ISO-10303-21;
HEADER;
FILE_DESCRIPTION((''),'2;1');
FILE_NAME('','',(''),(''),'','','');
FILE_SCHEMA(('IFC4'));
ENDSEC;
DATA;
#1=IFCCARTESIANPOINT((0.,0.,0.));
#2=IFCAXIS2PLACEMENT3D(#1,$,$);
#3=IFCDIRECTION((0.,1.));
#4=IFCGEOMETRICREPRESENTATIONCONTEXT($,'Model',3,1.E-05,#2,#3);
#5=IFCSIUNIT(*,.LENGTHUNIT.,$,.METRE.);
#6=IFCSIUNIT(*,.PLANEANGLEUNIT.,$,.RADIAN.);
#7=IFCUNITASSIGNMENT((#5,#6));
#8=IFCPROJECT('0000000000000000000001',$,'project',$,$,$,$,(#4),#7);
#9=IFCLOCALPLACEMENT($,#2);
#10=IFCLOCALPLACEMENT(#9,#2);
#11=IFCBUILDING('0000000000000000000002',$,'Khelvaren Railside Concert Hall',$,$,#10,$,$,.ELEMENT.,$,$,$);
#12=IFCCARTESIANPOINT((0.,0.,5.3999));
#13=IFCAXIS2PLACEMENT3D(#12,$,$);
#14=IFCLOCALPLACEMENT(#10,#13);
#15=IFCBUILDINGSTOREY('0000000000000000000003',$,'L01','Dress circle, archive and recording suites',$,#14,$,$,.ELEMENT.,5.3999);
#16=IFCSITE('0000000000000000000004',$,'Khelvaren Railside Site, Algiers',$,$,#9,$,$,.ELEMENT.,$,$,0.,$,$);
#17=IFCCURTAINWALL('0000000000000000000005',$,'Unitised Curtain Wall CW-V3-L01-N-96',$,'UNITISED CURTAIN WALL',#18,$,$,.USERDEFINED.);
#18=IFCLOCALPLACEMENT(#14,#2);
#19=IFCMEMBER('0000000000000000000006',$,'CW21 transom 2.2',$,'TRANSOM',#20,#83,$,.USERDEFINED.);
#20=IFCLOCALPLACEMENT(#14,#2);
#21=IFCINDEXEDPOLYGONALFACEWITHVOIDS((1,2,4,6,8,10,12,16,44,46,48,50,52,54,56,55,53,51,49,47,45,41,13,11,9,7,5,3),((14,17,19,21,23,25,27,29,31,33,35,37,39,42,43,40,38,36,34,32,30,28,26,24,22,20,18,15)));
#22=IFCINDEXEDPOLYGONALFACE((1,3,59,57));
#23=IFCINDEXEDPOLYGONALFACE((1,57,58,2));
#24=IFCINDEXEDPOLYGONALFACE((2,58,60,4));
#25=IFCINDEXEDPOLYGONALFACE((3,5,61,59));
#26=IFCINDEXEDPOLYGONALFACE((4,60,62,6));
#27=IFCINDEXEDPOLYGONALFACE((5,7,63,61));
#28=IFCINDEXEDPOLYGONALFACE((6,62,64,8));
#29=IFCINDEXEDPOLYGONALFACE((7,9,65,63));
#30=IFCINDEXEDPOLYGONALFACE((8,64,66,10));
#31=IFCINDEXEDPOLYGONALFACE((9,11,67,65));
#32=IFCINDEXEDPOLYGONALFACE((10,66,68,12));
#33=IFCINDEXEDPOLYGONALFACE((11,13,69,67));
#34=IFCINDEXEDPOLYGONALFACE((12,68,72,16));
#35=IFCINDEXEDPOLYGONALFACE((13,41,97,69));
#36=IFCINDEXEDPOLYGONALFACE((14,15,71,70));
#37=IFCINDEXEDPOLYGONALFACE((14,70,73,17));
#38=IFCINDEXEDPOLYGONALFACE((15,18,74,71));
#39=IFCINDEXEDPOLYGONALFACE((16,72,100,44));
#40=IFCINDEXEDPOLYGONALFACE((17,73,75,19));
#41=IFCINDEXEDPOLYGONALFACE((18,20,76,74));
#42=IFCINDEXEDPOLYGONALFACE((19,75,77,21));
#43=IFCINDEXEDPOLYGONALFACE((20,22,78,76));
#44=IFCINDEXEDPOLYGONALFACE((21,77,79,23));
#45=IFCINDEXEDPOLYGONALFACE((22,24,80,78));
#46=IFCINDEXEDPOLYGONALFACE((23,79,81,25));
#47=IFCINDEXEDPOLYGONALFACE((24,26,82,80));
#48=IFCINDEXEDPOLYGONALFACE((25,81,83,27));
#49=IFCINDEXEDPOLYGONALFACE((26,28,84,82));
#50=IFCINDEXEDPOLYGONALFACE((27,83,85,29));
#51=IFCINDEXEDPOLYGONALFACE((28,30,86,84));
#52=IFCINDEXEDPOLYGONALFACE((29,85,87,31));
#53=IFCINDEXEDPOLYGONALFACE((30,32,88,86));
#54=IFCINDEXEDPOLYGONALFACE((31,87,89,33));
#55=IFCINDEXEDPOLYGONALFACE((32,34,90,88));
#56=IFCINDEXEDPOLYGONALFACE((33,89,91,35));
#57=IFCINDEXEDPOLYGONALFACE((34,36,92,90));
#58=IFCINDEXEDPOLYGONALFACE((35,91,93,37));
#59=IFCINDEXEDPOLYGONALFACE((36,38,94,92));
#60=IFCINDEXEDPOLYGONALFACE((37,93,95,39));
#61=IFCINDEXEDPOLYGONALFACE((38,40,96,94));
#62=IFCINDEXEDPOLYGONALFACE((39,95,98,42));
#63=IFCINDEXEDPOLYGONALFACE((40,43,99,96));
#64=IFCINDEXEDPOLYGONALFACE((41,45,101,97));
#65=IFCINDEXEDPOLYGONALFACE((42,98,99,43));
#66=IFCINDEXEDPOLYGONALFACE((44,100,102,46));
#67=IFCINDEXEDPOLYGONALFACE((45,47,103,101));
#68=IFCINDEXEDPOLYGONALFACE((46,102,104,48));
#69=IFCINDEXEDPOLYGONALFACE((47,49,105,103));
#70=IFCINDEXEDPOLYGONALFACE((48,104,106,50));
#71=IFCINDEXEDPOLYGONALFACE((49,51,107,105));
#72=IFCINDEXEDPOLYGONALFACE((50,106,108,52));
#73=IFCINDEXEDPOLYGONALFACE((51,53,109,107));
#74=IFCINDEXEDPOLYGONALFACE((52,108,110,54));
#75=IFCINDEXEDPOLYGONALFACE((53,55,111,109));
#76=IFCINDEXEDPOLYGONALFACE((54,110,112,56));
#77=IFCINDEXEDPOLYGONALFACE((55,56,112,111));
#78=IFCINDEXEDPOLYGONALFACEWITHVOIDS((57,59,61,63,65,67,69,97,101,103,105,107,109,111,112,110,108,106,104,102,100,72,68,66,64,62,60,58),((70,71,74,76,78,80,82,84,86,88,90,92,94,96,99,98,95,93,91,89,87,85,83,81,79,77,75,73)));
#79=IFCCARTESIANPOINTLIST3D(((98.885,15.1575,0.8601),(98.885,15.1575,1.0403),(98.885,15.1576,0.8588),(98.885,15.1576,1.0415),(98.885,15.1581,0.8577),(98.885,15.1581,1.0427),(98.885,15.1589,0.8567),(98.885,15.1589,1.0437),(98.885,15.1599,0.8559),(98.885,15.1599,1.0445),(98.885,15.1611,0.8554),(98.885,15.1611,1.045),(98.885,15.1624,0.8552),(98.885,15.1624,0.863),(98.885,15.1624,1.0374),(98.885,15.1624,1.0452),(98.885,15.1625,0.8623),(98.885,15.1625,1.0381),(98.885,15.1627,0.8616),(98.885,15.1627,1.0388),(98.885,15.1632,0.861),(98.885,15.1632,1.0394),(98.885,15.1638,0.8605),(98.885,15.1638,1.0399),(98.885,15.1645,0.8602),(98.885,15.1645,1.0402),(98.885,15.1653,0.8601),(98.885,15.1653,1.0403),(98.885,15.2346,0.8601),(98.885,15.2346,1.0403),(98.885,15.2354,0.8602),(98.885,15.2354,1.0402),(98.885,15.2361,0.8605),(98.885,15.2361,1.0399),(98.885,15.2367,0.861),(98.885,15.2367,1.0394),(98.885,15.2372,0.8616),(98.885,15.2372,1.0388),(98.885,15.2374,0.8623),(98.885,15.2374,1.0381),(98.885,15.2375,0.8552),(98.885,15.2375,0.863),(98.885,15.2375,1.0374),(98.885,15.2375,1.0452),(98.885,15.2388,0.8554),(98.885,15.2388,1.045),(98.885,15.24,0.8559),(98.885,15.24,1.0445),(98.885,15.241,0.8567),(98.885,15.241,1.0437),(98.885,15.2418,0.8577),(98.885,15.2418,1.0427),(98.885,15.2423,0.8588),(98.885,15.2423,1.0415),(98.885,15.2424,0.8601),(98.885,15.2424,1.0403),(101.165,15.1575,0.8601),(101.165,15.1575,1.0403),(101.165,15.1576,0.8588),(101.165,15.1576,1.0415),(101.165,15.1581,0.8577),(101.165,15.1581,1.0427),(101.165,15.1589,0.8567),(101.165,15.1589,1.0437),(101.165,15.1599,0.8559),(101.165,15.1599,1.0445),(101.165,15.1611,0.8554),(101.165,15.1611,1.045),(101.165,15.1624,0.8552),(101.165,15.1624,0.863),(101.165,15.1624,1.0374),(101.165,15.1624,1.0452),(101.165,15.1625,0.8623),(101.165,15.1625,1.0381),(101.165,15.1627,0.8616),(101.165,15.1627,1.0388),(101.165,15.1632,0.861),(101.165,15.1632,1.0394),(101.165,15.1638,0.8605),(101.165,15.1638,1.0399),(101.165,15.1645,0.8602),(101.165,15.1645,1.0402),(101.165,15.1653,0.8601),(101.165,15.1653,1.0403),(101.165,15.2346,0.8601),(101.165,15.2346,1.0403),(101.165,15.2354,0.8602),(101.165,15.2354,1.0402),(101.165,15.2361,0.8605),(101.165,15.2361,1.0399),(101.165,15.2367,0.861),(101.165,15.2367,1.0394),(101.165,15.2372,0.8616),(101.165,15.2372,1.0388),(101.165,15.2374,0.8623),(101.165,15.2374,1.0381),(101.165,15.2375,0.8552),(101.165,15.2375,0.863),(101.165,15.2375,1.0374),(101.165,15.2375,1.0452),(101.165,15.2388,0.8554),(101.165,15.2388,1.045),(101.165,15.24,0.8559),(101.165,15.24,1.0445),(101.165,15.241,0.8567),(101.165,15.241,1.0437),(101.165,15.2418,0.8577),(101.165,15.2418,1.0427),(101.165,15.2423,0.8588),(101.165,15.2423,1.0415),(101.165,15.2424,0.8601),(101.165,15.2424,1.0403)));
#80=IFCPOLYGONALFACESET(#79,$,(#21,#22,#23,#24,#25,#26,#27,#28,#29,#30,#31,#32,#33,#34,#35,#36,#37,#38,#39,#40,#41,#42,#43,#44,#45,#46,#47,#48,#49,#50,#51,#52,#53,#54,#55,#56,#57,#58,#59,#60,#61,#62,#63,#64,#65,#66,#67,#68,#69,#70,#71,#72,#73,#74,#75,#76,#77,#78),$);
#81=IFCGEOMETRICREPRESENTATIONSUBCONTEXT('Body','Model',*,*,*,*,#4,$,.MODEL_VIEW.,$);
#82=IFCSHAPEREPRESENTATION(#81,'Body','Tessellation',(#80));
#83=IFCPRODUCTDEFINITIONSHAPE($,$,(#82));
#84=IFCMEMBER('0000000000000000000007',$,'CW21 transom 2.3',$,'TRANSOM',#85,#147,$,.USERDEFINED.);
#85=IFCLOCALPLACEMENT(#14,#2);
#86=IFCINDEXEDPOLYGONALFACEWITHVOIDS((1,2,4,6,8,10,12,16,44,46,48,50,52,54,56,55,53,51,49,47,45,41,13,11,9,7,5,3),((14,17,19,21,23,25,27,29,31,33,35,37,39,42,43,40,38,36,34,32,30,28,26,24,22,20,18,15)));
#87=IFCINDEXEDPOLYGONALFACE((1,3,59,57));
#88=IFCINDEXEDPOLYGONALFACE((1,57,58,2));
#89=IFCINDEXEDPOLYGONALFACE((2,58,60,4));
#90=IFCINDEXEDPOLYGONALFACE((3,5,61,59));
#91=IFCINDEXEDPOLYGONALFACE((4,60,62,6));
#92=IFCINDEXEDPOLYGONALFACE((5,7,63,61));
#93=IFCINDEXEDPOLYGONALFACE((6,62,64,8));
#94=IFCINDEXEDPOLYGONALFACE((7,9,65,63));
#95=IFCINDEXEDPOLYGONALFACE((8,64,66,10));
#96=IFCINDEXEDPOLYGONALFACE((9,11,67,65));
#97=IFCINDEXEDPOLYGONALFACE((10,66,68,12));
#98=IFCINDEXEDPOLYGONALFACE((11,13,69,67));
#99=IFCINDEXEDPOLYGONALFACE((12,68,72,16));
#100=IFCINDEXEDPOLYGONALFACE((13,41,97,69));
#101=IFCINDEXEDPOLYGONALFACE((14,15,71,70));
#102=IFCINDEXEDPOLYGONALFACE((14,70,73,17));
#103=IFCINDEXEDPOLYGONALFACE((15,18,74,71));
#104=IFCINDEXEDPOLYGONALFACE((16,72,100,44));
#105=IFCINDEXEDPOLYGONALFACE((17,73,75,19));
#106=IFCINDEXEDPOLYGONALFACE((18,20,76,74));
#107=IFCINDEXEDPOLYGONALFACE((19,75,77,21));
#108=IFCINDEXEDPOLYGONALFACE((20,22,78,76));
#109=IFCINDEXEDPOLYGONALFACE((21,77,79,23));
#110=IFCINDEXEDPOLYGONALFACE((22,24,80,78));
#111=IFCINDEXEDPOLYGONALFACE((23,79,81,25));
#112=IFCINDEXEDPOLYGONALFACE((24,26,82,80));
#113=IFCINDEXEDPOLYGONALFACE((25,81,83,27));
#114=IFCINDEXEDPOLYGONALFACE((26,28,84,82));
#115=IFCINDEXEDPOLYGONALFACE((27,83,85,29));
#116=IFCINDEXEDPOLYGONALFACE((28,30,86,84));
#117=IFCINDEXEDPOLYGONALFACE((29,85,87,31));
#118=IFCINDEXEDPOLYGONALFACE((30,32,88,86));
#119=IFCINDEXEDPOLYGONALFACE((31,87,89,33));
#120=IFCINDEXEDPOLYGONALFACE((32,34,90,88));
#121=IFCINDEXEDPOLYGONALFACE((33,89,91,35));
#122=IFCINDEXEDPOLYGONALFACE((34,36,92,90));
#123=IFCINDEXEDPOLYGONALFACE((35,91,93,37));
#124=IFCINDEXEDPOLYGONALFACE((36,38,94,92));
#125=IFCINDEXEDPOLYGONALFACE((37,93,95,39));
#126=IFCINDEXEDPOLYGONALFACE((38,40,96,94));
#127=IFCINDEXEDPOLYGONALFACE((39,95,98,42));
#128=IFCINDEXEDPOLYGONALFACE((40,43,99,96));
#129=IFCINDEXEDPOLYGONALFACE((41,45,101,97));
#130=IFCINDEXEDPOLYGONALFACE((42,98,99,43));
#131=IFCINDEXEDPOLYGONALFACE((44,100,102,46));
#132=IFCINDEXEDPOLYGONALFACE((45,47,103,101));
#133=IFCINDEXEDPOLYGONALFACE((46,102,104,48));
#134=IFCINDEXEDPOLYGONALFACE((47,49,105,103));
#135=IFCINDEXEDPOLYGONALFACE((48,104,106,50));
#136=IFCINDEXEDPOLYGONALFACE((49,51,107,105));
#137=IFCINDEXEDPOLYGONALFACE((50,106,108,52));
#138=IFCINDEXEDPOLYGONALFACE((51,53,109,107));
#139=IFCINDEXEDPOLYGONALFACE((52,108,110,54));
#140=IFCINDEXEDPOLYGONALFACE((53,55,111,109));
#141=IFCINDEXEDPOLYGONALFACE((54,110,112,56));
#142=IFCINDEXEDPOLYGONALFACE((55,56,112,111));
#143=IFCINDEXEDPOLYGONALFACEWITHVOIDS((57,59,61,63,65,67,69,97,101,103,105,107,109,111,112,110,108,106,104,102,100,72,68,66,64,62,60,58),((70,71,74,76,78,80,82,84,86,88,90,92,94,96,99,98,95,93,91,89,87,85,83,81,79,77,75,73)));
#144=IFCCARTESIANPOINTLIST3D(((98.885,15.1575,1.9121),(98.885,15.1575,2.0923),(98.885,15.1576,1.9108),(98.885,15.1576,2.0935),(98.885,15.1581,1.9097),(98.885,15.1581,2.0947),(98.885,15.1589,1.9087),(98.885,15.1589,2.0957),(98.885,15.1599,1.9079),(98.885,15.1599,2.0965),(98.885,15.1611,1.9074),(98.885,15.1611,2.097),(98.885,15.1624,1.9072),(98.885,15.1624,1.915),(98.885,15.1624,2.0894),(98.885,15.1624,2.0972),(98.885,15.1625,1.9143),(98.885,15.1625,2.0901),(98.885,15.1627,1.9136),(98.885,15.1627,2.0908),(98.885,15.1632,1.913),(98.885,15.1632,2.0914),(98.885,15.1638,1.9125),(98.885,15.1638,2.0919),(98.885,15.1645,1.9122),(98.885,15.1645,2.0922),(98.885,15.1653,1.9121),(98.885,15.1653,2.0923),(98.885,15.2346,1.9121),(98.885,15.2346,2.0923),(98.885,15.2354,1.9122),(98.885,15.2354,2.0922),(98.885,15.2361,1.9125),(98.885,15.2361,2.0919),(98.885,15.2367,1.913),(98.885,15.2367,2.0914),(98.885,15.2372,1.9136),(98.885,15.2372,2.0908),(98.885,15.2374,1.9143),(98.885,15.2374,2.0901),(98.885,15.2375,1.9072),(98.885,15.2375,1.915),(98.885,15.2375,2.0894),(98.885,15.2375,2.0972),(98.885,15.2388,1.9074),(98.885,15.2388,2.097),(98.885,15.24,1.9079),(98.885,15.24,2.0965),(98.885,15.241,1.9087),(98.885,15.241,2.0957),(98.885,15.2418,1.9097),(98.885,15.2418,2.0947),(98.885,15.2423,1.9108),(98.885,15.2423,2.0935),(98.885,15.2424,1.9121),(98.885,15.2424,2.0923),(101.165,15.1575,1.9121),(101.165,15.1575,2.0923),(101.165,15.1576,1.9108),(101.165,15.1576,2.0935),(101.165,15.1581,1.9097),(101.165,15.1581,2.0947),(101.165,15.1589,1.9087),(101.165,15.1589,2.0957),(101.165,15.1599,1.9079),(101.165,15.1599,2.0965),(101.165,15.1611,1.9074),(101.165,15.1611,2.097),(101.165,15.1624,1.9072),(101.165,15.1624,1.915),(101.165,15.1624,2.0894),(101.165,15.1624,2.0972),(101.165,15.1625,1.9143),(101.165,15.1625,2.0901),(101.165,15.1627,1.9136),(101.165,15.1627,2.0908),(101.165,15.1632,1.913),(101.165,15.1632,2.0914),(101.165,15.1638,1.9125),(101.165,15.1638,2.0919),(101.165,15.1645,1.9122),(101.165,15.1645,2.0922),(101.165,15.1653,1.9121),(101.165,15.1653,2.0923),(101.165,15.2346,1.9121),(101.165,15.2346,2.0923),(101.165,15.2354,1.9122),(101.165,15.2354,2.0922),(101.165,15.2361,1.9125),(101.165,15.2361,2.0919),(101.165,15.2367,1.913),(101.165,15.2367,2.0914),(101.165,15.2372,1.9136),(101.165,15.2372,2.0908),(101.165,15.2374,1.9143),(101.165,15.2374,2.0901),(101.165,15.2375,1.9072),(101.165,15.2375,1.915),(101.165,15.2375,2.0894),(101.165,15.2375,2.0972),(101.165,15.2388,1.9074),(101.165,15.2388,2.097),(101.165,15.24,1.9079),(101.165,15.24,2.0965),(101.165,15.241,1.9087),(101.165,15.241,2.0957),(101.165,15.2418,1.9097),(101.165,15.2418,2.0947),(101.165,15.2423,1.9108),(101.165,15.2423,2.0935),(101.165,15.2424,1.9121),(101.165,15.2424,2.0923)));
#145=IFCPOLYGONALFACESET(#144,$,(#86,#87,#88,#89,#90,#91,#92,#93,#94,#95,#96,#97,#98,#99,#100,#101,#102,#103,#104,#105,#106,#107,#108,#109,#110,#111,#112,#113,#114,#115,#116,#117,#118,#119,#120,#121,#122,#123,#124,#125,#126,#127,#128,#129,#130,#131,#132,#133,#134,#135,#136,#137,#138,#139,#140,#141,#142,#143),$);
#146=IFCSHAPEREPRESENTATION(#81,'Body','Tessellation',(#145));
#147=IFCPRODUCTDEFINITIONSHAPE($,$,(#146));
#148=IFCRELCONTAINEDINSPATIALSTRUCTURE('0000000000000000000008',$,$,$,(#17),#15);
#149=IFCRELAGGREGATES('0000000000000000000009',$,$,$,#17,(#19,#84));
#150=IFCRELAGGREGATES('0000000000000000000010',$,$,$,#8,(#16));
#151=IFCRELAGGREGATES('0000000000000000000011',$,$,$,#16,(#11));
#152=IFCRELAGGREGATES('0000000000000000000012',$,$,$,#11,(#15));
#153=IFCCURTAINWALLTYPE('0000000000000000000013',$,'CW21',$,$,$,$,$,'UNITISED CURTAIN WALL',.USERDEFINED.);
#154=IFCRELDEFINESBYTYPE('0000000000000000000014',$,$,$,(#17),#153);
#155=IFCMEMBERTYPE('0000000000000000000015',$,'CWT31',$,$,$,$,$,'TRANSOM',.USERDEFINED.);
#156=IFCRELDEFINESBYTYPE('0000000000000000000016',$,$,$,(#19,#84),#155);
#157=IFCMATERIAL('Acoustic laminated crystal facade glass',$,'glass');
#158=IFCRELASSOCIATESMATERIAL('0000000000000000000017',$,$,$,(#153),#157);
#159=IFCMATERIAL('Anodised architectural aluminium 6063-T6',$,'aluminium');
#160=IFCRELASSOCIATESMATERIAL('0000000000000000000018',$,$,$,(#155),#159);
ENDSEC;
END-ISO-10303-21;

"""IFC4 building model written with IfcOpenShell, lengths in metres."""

from ifc_helpers import new_model, si_unit, direction, frame, origin, origin_2d, place, context, subcontext, project, spatial, hollow_rectangle, extrude, material, material_profile, profile_set, type_object, element, aggregate, save


model = new_model("IFC4")

# Units and contexts
model_context = context("Model", 3, precision=1e-05, world=origin(), true_north=direction((0.0, 1.0)))
body_context = subcontext(model_context, "Body", "Model", "MODEL_VIEW")
ifc_project = project(units=[si_unit("LENGTHUNIT", "METRE"), si_unit("PLANEANGLEUNIT", "RADIAN")], contexts=[model_context])

# Site, building, storey
site_placement = place(None, origin())
site = spatial("IfcSite", under=ifc_project, at=site_placement, Name="Khelvaren Railside Site, Algiers", CompositionType="ELEMENT", RefElevation=0.0)
building_placement = place(site_placement, origin())
building = spatial("IfcBuilding", under=site, at=building_placement, Name="Khelvaren Railside Concert Hall", CompositionType="ELEMENT")
storey_placement = place(building_placement, frame((0.0, 0.0, 5.3999)))
storey = spatial("IfcBuildingStorey", under=building, at=storey_placement, Name="L01", Description="Dress circle, archive and recording suites", CompositionType="ELEMENT", Elevation=5.3999)

# Curtain wall
ifc_material_1 = material(Name="Acoustic laminated crystal facade glass", Category="glass")
ifc_material_2 = material(Name="Anodised architectural aluminium 6063-T6", Category="aluminium")
curtain_wall_type_1 = type_object("IfcCurtainWallType", Name="CW21", ElementType="UNITISED CURTAIN WALL", PredefinedType="USERDEFINED", material=ifc_material_1)
curtain_wall_1_placement = place(storey_placement, origin())
curtain_wall_1 = element("IfcCurtainWall", 1, at=curtain_wall_1_placement, inside=storey, type_object=curtain_wall_type_1, Name="Unitised Curtain Wall CW-V3-L01-N-96", ObjectType="UNITISED CURTAIN WALL", PredefinedType="USERDEFINED")

# Members
ifc_material_profile_1 = material_profile(ifc_material_2, hollow_rectangle(XDim=0.085, YDim=0.1899, WallThickness=0.0049, InnerFilletRadius=0.0029, OuterFilletRadius=0.0049, at=origin_2d()), Name="CWT 85x190x5")
ifc_profile_set_1 = profile_set([ifc_material_profile_1], Name="Anodised architectural aluminium 6063-T6")
member_type_1 = type_object("IfcMemberType", Name="CWT31", ElementType="TRANSOM", PredefinedType="USERDEFINED", material=ifc_profile_set_1)
member_1_placement = place(storey_placement, frame((98.885, 15.2, 0.9502), z_axis=(1.0, 0.0, 0.0), x_axis=(0.0, 1.0, 0.0)))
member_1 = element("IfcMember", 2, at=member_1_placement, type_object=member_type_1, Name="CW21 transom 2.2", ObjectType="TRANSOM", PredefinedType="USERDEFINED", context=body_context, shape_type="SweptSolid", body=[
    extrude(hollow_rectangle(XDim=0.085, YDim=0.1899, WallThickness=0.0049, InnerFilletRadius=0.0029, OuterFilletRadius=0.0049, at=origin_2d()), origin(), (0.0, 0.0, 1.0), 2.28),
])
member_2_placement = place(storey_placement, frame((98.885, 15.2, 2.0022), z_axis=(1.0, 0.0, 0.0), x_axis=(0.0, 1.0, 0.0)))
member_2 = element("IfcMember", 3, at=member_2_placement, type_object=member_type_1, Name="CW21 transom 2.3", ObjectType="TRANSOM", PredefinedType="USERDEFINED", context=body_context, shape_type="SweptSolid", body=[
    extrude(hollow_rectangle(XDim=0.085, YDim=0.1899, WallThickness=0.0049, InnerFilletRadius=0.0029, OuterFilletRadius=0.0049, at=origin_2d()), origin(), (0.0, 0.0, 1.0), 2.28),
])

aggregate(curtain_wall_1, [member_1, member_2])

save(model, "model.ifc")
